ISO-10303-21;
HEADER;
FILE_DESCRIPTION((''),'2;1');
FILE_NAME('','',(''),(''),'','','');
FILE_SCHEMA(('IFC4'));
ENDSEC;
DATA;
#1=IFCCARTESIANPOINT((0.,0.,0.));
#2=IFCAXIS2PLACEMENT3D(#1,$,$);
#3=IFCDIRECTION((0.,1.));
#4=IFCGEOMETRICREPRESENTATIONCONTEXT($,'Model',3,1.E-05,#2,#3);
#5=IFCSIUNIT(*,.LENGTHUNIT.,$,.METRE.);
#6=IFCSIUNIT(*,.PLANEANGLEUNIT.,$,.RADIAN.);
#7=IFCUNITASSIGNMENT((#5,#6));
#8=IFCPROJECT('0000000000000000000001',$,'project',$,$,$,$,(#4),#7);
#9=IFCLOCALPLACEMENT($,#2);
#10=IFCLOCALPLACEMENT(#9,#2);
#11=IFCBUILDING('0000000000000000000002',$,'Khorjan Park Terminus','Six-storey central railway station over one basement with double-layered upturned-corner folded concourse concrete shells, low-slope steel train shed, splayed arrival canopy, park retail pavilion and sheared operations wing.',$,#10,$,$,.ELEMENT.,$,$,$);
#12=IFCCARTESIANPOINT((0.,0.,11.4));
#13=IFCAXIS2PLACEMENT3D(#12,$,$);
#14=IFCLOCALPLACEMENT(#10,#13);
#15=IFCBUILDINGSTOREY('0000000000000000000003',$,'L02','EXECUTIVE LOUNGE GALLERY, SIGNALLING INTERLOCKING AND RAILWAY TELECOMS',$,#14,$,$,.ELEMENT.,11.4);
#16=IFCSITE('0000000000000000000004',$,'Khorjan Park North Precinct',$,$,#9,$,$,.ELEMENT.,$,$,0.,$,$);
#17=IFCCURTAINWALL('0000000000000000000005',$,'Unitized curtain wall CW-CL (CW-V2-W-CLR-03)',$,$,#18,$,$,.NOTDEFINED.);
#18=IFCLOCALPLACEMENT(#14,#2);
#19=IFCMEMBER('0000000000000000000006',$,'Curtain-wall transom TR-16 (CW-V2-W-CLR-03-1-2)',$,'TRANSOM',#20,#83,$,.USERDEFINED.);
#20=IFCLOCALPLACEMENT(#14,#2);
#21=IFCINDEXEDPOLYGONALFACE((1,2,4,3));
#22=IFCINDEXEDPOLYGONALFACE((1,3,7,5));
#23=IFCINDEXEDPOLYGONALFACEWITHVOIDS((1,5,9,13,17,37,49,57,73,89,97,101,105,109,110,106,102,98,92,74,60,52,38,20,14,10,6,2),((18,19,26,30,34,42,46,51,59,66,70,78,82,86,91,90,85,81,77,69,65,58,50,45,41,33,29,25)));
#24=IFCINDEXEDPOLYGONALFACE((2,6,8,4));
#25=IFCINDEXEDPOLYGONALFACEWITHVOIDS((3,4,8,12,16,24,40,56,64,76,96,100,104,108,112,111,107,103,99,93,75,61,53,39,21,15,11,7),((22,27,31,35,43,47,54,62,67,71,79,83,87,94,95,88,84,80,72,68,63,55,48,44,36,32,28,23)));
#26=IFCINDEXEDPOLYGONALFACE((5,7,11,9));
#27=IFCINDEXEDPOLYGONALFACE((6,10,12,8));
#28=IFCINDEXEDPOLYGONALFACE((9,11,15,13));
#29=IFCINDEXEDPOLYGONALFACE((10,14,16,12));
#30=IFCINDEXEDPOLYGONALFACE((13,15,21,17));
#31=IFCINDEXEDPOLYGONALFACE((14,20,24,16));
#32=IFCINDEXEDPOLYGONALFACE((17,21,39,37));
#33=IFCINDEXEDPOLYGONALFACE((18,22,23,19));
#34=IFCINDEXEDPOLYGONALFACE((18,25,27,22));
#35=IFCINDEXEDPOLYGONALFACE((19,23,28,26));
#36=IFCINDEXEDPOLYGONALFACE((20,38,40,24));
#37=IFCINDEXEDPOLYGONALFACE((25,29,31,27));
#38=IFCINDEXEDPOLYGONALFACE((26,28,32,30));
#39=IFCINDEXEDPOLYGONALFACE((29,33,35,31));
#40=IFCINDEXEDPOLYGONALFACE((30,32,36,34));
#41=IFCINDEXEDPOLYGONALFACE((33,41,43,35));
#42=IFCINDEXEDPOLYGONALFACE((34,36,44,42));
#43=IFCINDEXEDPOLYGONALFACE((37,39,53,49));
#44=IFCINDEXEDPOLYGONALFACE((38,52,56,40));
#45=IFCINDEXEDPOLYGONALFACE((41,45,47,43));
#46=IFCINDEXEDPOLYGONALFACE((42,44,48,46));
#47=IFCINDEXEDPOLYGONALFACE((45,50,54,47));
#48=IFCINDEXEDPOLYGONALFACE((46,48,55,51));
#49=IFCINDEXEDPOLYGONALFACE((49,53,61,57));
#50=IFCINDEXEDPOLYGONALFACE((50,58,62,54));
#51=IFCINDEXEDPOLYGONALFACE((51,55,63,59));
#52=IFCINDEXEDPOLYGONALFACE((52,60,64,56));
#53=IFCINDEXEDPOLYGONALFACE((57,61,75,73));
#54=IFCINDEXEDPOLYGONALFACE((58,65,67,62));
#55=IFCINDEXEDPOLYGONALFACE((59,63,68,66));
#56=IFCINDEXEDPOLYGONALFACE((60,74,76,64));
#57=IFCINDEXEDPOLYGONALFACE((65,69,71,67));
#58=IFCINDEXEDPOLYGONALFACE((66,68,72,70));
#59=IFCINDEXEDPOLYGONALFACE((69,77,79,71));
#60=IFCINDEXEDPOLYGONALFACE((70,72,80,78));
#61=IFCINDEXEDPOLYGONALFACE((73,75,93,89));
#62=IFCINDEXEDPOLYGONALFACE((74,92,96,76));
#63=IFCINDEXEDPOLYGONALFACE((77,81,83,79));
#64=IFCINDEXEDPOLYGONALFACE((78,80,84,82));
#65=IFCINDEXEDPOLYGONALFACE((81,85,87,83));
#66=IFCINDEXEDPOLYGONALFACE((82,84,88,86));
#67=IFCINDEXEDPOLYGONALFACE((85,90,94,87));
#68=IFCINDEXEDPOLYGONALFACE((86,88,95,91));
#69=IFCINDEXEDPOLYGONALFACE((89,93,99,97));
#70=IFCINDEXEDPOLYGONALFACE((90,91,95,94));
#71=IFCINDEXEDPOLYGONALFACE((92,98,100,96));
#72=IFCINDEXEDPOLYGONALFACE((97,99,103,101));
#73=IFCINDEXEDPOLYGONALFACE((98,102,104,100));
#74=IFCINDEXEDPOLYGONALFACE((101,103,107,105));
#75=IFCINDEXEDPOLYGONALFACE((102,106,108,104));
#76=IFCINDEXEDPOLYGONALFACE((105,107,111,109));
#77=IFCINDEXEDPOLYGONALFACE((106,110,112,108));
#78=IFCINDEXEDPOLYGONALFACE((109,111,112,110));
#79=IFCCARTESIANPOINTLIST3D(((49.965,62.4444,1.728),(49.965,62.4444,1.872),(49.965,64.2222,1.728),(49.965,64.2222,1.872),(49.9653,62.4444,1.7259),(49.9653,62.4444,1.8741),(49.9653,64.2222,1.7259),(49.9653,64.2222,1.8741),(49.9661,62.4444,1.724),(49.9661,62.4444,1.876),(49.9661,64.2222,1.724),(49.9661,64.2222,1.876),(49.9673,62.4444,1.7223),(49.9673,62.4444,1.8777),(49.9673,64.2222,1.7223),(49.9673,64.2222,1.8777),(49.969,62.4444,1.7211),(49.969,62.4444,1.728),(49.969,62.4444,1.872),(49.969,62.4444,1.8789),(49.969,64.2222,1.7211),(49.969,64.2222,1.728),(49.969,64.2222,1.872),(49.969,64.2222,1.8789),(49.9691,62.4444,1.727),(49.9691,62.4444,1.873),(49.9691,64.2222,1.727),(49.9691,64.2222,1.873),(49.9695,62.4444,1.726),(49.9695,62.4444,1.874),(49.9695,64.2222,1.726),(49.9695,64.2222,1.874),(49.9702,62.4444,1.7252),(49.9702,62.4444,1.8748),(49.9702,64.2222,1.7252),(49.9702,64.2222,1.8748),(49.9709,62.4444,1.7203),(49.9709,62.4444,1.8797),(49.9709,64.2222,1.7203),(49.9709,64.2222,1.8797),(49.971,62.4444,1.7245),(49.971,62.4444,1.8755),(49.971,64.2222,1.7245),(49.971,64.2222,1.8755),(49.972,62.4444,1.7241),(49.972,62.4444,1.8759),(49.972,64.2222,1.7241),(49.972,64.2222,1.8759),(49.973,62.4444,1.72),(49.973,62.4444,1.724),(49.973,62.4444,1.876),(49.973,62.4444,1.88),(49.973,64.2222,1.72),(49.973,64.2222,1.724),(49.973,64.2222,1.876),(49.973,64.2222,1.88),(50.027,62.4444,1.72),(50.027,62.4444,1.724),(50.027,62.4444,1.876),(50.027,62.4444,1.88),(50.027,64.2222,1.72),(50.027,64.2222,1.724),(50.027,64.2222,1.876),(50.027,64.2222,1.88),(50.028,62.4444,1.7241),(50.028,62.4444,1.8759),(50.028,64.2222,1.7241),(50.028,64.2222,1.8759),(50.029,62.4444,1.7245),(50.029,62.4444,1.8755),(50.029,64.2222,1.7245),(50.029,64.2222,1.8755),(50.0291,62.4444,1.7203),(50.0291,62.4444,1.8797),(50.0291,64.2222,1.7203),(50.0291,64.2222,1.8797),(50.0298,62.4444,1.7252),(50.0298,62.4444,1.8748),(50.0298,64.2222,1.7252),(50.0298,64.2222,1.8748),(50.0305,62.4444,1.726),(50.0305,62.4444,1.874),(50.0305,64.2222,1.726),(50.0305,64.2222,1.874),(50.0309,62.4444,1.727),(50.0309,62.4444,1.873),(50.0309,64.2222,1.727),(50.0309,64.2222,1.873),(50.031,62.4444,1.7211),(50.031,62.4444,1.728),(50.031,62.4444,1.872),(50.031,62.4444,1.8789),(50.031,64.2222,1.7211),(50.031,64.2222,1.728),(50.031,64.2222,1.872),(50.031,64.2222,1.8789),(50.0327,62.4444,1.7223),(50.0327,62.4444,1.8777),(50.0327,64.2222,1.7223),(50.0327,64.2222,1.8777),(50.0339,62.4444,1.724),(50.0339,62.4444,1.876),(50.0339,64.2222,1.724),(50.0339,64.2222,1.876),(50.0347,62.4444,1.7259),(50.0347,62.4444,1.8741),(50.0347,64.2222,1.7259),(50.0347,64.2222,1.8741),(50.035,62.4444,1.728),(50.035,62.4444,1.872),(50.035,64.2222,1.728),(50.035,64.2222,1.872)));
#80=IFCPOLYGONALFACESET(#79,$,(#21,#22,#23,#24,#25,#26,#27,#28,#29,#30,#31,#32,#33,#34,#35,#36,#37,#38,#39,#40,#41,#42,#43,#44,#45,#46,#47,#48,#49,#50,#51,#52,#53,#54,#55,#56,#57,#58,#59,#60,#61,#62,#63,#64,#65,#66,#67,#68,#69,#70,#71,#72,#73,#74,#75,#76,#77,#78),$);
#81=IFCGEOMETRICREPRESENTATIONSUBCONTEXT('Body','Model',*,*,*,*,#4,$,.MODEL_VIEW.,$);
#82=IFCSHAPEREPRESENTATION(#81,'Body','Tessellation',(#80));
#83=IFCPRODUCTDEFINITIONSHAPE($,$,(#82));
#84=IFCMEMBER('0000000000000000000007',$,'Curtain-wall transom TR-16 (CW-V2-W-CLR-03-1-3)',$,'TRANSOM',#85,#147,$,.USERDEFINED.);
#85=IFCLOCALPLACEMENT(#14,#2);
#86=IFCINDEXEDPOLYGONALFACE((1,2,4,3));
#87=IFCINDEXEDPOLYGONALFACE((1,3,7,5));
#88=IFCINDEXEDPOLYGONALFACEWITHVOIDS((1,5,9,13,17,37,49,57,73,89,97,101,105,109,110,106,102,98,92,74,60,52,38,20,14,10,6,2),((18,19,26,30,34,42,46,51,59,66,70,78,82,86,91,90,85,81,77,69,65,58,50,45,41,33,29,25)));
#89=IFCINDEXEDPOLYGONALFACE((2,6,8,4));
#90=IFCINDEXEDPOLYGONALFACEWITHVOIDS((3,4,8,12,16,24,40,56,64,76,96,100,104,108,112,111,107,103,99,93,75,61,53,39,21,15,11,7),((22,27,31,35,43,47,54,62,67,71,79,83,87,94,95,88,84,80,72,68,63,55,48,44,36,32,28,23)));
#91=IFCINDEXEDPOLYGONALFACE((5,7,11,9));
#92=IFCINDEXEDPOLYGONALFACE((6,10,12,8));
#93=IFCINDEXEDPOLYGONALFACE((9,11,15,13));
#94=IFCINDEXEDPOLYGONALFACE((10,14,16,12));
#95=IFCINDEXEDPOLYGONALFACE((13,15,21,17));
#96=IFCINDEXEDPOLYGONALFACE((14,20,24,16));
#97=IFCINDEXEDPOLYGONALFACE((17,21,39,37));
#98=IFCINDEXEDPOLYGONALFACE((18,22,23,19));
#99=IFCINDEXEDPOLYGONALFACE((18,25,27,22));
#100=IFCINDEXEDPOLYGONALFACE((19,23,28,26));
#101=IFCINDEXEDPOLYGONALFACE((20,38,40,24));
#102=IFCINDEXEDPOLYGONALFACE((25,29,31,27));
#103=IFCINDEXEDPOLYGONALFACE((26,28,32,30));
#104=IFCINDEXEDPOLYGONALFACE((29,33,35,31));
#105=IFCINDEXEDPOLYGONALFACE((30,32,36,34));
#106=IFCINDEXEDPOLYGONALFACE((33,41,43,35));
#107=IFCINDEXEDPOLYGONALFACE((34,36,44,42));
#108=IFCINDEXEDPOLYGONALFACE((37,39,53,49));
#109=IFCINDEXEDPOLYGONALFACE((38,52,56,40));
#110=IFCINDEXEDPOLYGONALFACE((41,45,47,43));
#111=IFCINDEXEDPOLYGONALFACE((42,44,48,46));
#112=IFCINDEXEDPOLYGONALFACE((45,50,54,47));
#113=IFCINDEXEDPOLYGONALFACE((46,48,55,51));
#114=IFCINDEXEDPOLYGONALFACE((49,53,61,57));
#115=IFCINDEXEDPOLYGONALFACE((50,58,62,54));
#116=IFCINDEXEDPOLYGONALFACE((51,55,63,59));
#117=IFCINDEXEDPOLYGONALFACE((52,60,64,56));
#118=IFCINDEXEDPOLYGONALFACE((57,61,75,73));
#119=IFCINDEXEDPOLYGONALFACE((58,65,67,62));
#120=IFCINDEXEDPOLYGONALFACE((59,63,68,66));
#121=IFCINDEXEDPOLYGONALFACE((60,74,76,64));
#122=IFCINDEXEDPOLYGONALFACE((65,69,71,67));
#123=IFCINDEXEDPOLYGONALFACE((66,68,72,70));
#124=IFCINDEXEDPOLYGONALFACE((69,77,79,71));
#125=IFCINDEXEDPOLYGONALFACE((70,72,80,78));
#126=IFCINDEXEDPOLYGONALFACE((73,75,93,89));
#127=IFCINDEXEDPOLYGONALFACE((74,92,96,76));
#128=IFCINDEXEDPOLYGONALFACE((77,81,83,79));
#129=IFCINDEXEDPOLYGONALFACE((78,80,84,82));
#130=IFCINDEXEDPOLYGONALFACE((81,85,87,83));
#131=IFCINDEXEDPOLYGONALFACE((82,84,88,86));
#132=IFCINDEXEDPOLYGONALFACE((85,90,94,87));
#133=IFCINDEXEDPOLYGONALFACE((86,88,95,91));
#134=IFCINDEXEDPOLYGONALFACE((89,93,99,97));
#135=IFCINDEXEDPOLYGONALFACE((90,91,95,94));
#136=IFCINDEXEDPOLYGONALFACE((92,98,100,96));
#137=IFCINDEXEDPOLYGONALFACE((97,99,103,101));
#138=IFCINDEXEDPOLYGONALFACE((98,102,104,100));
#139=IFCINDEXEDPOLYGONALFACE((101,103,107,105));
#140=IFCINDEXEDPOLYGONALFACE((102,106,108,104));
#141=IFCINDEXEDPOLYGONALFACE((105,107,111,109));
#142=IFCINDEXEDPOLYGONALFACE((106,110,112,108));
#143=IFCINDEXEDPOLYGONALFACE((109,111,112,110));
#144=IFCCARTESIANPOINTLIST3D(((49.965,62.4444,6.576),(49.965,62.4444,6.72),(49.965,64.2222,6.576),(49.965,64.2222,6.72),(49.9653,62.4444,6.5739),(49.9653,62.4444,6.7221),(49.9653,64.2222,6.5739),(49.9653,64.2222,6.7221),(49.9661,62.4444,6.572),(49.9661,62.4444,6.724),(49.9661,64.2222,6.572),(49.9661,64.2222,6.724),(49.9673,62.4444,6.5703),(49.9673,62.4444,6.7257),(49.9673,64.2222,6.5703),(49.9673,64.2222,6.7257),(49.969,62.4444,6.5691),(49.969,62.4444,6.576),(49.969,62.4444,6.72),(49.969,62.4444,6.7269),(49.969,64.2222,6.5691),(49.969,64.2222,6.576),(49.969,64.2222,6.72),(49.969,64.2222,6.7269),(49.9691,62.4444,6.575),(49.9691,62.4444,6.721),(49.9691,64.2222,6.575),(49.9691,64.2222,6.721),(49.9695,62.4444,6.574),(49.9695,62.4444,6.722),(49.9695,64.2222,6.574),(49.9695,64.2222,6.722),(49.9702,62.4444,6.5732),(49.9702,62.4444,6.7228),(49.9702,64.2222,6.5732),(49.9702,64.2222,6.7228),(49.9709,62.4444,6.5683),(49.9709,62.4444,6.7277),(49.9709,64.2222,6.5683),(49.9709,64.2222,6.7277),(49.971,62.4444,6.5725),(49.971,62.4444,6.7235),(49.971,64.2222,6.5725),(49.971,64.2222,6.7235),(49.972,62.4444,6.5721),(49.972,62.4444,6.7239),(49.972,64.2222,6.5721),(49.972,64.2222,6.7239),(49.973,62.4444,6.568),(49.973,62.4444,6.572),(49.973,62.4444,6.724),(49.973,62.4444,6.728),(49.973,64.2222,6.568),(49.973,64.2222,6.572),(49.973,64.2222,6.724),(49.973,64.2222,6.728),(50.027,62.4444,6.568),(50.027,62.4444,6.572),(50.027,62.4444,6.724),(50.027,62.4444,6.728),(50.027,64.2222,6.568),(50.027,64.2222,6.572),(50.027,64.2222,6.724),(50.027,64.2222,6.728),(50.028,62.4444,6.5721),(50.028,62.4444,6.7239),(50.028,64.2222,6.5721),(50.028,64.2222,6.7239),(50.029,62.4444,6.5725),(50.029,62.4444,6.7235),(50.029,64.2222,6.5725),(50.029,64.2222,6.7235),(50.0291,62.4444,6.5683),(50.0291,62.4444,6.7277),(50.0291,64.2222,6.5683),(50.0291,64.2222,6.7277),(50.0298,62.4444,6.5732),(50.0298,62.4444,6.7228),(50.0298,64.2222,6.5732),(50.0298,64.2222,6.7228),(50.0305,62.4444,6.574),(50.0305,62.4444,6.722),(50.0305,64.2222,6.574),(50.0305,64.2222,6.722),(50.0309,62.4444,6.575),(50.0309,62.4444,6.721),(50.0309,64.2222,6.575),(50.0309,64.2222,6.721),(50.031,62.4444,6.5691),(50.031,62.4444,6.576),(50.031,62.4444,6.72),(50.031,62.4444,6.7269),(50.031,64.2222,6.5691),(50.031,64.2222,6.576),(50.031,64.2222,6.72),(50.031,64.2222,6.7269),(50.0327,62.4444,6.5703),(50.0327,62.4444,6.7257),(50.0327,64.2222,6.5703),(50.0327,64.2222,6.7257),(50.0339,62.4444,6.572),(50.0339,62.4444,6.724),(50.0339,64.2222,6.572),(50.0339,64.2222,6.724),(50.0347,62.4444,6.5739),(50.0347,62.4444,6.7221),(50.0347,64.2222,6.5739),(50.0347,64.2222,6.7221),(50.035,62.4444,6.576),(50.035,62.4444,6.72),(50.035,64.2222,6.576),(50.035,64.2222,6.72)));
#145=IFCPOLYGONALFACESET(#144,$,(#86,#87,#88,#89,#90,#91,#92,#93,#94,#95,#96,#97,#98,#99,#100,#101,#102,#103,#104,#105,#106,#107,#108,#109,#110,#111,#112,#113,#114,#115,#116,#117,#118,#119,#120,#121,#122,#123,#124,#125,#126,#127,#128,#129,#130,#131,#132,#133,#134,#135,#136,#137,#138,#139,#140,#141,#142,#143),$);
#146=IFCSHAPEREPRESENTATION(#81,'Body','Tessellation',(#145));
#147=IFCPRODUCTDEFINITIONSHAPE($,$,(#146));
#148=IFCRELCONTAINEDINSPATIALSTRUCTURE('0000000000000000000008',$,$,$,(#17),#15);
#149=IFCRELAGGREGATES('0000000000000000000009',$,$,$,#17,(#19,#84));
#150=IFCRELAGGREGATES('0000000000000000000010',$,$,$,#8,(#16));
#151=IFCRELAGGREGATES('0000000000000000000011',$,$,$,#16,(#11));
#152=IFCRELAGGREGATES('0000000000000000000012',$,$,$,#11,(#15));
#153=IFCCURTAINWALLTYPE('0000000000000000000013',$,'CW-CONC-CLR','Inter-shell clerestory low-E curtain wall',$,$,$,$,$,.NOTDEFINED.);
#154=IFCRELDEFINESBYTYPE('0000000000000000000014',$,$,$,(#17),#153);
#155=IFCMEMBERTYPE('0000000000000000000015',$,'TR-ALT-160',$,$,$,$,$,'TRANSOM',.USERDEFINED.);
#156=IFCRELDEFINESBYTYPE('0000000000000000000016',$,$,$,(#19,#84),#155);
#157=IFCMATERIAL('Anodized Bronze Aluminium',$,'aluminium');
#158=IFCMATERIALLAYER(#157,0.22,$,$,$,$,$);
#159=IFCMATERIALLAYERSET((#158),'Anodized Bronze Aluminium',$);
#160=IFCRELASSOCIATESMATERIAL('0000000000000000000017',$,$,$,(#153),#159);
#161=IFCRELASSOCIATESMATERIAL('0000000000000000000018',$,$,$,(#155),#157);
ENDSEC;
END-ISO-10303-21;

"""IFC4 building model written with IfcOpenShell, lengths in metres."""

from ifc_helpers import new_model, si_unit, direction, frame, origin, origin_2d, place, context, subcontext, project, spatial, hollow_rectangle, extrude, material, layer, layer_set, material_profile, profile_set, type_object, element, aggregate, save


model = new_model("IFC4")

# Units and contexts
model_context = context("Model", 3, precision=1e-05, world=origin(), true_north=direction((0.0, 1.0)))
body_context = subcontext(model_context, "Body", "Model", "MODEL_VIEW")
ifc_project = project(units=[si_unit("LENGTHUNIT", "METRE"), si_unit("PLANEANGLEUNIT", "RADIAN")], contexts=[model_context])

# Site, building, storey
site_placement = place(None, origin())
site = spatial("IfcSite", under=ifc_project, at=site_placement, Name="Khorjan Park North Precinct", CompositionType="ELEMENT", RefElevation=0.0)
building_placement = place(site_placement, origin())
building = spatial("IfcBuilding", under=site, at=building_placement, Name="Khorjan Park Terminus", Description="Six-storey central railway station over one basement with double-layered upturned-corner folded concourse concrete shells, low-slope steel train shed, splayed arrival canopy, park retail pavilion and sheared operations wing.", CompositionType="ELEMENT")
storey_placement = place(building_placement, frame((0.0, 0.0, 11.4)))
storey = spatial("IfcBuildingStorey", under=building, at=storey_placement, Name="L02", Description="EXECUTIVE LOUNGE GALLERY, SIGNALLING INTERLOCKING AND RAILWAY TELECOMS", CompositionType="ELEMENT", Elevation=11.4)

# Curtain wall
ifc_material_1 = material(Name="Anodized Bronze Aluminium", Category="aluminium")
ifc_layer_1 = layer(ifc_material_1, 0.22)
ifc_layer_set_1 = layer_set([ifc_layer_1], Name="Anodized Bronze Aluminium")
curtain_wall_type = type_object("IfcCurtainWallType", Name="CW-CONC-CLR", Description="Inter-shell clerestory low-E curtain wall", PredefinedType="NOTDEFINED", material=ifc_layer_set_1)
curtain_wall_1_placement = place(storey_placement, origin())
curtain_wall_1 = element("IfcCurtainWall", 1, at=curtain_wall_1_placement, inside=storey, type_object=curtain_wall_type, Name="Unitized curtain wall CW-CL (CW-V2-W-CLR-03)", PredefinedType="NOTDEFINED")

# Members
ifc_material_profile_1 = material_profile(ifc_material_1, hollow_rectangle(XDim=0.07, YDim=0.16, WallThickness=0.004, InnerFilletRadius=0.004, OuterFilletRadius=0.008, at=origin_2d()), Name="ALT 70x160x4")
ifc_profile_set_1 = profile_set([ifc_material_profile_1], Name="Anodized Bronze Aluminium")
member_type_1 = type_object("IfcMemberType", Name="TR-ALT-160", ElementType="TRANSOM", PredefinedType="USERDEFINED", material=ifc_profile_set_1)
member_1_placement = place(storey_placement, frame((50.0, 64.2222, 1.8), z_axis=(0.0, -1.0, 0.0), x_axis=(1.0, 0.0, 0.0)))
member_1 = element("IfcMember", 2, at=member_1_placement, type_object=member_type_1, Name="Curtain-wall transom TR-16 (CW-V2-W-CLR-03-1-2)", ObjectType="TRANSOM", PredefinedType="USERDEFINED", context=body_context, shape_type="SweptSolid", body=[
    extrude(hollow_rectangle(XDim=0.07, YDim=0.16, WallThickness=0.004, InnerFilletRadius=0.004, OuterFilletRadius=0.008, at=origin_2d()), origin(), (0.0, 0.0, 1.0), 1.7778),
])
member_2_placement = place(storey_placement, frame((50.0, 64.2222, 6.648), z_axis=(0.0, -1.0, 0.0), x_axis=(1.0, 0.0, 0.0)))
member_2 = element("IfcMember", 3, at=member_2_placement, type_object=member_type_1, Name="Curtain-wall transom TR-16 (CW-V2-W-CLR-03-1-3)", ObjectType="TRANSOM", PredefinedType="USERDEFINED", context=body_context, shape_type="SweptSolid", body=[
    extrude(hollow_rectangle(XDim=0.07, YDim=0.16, WallThickness=0.004, InnerFilletRadius=0.004, OuterFilletRadius=0.008, at=origin_2d()), origin(), (0.0, 0.0, 1.0), 1.7778),
])

aggregate(curtain_wall_1, [member_1, member_2])

save(model, "model.ifc")
